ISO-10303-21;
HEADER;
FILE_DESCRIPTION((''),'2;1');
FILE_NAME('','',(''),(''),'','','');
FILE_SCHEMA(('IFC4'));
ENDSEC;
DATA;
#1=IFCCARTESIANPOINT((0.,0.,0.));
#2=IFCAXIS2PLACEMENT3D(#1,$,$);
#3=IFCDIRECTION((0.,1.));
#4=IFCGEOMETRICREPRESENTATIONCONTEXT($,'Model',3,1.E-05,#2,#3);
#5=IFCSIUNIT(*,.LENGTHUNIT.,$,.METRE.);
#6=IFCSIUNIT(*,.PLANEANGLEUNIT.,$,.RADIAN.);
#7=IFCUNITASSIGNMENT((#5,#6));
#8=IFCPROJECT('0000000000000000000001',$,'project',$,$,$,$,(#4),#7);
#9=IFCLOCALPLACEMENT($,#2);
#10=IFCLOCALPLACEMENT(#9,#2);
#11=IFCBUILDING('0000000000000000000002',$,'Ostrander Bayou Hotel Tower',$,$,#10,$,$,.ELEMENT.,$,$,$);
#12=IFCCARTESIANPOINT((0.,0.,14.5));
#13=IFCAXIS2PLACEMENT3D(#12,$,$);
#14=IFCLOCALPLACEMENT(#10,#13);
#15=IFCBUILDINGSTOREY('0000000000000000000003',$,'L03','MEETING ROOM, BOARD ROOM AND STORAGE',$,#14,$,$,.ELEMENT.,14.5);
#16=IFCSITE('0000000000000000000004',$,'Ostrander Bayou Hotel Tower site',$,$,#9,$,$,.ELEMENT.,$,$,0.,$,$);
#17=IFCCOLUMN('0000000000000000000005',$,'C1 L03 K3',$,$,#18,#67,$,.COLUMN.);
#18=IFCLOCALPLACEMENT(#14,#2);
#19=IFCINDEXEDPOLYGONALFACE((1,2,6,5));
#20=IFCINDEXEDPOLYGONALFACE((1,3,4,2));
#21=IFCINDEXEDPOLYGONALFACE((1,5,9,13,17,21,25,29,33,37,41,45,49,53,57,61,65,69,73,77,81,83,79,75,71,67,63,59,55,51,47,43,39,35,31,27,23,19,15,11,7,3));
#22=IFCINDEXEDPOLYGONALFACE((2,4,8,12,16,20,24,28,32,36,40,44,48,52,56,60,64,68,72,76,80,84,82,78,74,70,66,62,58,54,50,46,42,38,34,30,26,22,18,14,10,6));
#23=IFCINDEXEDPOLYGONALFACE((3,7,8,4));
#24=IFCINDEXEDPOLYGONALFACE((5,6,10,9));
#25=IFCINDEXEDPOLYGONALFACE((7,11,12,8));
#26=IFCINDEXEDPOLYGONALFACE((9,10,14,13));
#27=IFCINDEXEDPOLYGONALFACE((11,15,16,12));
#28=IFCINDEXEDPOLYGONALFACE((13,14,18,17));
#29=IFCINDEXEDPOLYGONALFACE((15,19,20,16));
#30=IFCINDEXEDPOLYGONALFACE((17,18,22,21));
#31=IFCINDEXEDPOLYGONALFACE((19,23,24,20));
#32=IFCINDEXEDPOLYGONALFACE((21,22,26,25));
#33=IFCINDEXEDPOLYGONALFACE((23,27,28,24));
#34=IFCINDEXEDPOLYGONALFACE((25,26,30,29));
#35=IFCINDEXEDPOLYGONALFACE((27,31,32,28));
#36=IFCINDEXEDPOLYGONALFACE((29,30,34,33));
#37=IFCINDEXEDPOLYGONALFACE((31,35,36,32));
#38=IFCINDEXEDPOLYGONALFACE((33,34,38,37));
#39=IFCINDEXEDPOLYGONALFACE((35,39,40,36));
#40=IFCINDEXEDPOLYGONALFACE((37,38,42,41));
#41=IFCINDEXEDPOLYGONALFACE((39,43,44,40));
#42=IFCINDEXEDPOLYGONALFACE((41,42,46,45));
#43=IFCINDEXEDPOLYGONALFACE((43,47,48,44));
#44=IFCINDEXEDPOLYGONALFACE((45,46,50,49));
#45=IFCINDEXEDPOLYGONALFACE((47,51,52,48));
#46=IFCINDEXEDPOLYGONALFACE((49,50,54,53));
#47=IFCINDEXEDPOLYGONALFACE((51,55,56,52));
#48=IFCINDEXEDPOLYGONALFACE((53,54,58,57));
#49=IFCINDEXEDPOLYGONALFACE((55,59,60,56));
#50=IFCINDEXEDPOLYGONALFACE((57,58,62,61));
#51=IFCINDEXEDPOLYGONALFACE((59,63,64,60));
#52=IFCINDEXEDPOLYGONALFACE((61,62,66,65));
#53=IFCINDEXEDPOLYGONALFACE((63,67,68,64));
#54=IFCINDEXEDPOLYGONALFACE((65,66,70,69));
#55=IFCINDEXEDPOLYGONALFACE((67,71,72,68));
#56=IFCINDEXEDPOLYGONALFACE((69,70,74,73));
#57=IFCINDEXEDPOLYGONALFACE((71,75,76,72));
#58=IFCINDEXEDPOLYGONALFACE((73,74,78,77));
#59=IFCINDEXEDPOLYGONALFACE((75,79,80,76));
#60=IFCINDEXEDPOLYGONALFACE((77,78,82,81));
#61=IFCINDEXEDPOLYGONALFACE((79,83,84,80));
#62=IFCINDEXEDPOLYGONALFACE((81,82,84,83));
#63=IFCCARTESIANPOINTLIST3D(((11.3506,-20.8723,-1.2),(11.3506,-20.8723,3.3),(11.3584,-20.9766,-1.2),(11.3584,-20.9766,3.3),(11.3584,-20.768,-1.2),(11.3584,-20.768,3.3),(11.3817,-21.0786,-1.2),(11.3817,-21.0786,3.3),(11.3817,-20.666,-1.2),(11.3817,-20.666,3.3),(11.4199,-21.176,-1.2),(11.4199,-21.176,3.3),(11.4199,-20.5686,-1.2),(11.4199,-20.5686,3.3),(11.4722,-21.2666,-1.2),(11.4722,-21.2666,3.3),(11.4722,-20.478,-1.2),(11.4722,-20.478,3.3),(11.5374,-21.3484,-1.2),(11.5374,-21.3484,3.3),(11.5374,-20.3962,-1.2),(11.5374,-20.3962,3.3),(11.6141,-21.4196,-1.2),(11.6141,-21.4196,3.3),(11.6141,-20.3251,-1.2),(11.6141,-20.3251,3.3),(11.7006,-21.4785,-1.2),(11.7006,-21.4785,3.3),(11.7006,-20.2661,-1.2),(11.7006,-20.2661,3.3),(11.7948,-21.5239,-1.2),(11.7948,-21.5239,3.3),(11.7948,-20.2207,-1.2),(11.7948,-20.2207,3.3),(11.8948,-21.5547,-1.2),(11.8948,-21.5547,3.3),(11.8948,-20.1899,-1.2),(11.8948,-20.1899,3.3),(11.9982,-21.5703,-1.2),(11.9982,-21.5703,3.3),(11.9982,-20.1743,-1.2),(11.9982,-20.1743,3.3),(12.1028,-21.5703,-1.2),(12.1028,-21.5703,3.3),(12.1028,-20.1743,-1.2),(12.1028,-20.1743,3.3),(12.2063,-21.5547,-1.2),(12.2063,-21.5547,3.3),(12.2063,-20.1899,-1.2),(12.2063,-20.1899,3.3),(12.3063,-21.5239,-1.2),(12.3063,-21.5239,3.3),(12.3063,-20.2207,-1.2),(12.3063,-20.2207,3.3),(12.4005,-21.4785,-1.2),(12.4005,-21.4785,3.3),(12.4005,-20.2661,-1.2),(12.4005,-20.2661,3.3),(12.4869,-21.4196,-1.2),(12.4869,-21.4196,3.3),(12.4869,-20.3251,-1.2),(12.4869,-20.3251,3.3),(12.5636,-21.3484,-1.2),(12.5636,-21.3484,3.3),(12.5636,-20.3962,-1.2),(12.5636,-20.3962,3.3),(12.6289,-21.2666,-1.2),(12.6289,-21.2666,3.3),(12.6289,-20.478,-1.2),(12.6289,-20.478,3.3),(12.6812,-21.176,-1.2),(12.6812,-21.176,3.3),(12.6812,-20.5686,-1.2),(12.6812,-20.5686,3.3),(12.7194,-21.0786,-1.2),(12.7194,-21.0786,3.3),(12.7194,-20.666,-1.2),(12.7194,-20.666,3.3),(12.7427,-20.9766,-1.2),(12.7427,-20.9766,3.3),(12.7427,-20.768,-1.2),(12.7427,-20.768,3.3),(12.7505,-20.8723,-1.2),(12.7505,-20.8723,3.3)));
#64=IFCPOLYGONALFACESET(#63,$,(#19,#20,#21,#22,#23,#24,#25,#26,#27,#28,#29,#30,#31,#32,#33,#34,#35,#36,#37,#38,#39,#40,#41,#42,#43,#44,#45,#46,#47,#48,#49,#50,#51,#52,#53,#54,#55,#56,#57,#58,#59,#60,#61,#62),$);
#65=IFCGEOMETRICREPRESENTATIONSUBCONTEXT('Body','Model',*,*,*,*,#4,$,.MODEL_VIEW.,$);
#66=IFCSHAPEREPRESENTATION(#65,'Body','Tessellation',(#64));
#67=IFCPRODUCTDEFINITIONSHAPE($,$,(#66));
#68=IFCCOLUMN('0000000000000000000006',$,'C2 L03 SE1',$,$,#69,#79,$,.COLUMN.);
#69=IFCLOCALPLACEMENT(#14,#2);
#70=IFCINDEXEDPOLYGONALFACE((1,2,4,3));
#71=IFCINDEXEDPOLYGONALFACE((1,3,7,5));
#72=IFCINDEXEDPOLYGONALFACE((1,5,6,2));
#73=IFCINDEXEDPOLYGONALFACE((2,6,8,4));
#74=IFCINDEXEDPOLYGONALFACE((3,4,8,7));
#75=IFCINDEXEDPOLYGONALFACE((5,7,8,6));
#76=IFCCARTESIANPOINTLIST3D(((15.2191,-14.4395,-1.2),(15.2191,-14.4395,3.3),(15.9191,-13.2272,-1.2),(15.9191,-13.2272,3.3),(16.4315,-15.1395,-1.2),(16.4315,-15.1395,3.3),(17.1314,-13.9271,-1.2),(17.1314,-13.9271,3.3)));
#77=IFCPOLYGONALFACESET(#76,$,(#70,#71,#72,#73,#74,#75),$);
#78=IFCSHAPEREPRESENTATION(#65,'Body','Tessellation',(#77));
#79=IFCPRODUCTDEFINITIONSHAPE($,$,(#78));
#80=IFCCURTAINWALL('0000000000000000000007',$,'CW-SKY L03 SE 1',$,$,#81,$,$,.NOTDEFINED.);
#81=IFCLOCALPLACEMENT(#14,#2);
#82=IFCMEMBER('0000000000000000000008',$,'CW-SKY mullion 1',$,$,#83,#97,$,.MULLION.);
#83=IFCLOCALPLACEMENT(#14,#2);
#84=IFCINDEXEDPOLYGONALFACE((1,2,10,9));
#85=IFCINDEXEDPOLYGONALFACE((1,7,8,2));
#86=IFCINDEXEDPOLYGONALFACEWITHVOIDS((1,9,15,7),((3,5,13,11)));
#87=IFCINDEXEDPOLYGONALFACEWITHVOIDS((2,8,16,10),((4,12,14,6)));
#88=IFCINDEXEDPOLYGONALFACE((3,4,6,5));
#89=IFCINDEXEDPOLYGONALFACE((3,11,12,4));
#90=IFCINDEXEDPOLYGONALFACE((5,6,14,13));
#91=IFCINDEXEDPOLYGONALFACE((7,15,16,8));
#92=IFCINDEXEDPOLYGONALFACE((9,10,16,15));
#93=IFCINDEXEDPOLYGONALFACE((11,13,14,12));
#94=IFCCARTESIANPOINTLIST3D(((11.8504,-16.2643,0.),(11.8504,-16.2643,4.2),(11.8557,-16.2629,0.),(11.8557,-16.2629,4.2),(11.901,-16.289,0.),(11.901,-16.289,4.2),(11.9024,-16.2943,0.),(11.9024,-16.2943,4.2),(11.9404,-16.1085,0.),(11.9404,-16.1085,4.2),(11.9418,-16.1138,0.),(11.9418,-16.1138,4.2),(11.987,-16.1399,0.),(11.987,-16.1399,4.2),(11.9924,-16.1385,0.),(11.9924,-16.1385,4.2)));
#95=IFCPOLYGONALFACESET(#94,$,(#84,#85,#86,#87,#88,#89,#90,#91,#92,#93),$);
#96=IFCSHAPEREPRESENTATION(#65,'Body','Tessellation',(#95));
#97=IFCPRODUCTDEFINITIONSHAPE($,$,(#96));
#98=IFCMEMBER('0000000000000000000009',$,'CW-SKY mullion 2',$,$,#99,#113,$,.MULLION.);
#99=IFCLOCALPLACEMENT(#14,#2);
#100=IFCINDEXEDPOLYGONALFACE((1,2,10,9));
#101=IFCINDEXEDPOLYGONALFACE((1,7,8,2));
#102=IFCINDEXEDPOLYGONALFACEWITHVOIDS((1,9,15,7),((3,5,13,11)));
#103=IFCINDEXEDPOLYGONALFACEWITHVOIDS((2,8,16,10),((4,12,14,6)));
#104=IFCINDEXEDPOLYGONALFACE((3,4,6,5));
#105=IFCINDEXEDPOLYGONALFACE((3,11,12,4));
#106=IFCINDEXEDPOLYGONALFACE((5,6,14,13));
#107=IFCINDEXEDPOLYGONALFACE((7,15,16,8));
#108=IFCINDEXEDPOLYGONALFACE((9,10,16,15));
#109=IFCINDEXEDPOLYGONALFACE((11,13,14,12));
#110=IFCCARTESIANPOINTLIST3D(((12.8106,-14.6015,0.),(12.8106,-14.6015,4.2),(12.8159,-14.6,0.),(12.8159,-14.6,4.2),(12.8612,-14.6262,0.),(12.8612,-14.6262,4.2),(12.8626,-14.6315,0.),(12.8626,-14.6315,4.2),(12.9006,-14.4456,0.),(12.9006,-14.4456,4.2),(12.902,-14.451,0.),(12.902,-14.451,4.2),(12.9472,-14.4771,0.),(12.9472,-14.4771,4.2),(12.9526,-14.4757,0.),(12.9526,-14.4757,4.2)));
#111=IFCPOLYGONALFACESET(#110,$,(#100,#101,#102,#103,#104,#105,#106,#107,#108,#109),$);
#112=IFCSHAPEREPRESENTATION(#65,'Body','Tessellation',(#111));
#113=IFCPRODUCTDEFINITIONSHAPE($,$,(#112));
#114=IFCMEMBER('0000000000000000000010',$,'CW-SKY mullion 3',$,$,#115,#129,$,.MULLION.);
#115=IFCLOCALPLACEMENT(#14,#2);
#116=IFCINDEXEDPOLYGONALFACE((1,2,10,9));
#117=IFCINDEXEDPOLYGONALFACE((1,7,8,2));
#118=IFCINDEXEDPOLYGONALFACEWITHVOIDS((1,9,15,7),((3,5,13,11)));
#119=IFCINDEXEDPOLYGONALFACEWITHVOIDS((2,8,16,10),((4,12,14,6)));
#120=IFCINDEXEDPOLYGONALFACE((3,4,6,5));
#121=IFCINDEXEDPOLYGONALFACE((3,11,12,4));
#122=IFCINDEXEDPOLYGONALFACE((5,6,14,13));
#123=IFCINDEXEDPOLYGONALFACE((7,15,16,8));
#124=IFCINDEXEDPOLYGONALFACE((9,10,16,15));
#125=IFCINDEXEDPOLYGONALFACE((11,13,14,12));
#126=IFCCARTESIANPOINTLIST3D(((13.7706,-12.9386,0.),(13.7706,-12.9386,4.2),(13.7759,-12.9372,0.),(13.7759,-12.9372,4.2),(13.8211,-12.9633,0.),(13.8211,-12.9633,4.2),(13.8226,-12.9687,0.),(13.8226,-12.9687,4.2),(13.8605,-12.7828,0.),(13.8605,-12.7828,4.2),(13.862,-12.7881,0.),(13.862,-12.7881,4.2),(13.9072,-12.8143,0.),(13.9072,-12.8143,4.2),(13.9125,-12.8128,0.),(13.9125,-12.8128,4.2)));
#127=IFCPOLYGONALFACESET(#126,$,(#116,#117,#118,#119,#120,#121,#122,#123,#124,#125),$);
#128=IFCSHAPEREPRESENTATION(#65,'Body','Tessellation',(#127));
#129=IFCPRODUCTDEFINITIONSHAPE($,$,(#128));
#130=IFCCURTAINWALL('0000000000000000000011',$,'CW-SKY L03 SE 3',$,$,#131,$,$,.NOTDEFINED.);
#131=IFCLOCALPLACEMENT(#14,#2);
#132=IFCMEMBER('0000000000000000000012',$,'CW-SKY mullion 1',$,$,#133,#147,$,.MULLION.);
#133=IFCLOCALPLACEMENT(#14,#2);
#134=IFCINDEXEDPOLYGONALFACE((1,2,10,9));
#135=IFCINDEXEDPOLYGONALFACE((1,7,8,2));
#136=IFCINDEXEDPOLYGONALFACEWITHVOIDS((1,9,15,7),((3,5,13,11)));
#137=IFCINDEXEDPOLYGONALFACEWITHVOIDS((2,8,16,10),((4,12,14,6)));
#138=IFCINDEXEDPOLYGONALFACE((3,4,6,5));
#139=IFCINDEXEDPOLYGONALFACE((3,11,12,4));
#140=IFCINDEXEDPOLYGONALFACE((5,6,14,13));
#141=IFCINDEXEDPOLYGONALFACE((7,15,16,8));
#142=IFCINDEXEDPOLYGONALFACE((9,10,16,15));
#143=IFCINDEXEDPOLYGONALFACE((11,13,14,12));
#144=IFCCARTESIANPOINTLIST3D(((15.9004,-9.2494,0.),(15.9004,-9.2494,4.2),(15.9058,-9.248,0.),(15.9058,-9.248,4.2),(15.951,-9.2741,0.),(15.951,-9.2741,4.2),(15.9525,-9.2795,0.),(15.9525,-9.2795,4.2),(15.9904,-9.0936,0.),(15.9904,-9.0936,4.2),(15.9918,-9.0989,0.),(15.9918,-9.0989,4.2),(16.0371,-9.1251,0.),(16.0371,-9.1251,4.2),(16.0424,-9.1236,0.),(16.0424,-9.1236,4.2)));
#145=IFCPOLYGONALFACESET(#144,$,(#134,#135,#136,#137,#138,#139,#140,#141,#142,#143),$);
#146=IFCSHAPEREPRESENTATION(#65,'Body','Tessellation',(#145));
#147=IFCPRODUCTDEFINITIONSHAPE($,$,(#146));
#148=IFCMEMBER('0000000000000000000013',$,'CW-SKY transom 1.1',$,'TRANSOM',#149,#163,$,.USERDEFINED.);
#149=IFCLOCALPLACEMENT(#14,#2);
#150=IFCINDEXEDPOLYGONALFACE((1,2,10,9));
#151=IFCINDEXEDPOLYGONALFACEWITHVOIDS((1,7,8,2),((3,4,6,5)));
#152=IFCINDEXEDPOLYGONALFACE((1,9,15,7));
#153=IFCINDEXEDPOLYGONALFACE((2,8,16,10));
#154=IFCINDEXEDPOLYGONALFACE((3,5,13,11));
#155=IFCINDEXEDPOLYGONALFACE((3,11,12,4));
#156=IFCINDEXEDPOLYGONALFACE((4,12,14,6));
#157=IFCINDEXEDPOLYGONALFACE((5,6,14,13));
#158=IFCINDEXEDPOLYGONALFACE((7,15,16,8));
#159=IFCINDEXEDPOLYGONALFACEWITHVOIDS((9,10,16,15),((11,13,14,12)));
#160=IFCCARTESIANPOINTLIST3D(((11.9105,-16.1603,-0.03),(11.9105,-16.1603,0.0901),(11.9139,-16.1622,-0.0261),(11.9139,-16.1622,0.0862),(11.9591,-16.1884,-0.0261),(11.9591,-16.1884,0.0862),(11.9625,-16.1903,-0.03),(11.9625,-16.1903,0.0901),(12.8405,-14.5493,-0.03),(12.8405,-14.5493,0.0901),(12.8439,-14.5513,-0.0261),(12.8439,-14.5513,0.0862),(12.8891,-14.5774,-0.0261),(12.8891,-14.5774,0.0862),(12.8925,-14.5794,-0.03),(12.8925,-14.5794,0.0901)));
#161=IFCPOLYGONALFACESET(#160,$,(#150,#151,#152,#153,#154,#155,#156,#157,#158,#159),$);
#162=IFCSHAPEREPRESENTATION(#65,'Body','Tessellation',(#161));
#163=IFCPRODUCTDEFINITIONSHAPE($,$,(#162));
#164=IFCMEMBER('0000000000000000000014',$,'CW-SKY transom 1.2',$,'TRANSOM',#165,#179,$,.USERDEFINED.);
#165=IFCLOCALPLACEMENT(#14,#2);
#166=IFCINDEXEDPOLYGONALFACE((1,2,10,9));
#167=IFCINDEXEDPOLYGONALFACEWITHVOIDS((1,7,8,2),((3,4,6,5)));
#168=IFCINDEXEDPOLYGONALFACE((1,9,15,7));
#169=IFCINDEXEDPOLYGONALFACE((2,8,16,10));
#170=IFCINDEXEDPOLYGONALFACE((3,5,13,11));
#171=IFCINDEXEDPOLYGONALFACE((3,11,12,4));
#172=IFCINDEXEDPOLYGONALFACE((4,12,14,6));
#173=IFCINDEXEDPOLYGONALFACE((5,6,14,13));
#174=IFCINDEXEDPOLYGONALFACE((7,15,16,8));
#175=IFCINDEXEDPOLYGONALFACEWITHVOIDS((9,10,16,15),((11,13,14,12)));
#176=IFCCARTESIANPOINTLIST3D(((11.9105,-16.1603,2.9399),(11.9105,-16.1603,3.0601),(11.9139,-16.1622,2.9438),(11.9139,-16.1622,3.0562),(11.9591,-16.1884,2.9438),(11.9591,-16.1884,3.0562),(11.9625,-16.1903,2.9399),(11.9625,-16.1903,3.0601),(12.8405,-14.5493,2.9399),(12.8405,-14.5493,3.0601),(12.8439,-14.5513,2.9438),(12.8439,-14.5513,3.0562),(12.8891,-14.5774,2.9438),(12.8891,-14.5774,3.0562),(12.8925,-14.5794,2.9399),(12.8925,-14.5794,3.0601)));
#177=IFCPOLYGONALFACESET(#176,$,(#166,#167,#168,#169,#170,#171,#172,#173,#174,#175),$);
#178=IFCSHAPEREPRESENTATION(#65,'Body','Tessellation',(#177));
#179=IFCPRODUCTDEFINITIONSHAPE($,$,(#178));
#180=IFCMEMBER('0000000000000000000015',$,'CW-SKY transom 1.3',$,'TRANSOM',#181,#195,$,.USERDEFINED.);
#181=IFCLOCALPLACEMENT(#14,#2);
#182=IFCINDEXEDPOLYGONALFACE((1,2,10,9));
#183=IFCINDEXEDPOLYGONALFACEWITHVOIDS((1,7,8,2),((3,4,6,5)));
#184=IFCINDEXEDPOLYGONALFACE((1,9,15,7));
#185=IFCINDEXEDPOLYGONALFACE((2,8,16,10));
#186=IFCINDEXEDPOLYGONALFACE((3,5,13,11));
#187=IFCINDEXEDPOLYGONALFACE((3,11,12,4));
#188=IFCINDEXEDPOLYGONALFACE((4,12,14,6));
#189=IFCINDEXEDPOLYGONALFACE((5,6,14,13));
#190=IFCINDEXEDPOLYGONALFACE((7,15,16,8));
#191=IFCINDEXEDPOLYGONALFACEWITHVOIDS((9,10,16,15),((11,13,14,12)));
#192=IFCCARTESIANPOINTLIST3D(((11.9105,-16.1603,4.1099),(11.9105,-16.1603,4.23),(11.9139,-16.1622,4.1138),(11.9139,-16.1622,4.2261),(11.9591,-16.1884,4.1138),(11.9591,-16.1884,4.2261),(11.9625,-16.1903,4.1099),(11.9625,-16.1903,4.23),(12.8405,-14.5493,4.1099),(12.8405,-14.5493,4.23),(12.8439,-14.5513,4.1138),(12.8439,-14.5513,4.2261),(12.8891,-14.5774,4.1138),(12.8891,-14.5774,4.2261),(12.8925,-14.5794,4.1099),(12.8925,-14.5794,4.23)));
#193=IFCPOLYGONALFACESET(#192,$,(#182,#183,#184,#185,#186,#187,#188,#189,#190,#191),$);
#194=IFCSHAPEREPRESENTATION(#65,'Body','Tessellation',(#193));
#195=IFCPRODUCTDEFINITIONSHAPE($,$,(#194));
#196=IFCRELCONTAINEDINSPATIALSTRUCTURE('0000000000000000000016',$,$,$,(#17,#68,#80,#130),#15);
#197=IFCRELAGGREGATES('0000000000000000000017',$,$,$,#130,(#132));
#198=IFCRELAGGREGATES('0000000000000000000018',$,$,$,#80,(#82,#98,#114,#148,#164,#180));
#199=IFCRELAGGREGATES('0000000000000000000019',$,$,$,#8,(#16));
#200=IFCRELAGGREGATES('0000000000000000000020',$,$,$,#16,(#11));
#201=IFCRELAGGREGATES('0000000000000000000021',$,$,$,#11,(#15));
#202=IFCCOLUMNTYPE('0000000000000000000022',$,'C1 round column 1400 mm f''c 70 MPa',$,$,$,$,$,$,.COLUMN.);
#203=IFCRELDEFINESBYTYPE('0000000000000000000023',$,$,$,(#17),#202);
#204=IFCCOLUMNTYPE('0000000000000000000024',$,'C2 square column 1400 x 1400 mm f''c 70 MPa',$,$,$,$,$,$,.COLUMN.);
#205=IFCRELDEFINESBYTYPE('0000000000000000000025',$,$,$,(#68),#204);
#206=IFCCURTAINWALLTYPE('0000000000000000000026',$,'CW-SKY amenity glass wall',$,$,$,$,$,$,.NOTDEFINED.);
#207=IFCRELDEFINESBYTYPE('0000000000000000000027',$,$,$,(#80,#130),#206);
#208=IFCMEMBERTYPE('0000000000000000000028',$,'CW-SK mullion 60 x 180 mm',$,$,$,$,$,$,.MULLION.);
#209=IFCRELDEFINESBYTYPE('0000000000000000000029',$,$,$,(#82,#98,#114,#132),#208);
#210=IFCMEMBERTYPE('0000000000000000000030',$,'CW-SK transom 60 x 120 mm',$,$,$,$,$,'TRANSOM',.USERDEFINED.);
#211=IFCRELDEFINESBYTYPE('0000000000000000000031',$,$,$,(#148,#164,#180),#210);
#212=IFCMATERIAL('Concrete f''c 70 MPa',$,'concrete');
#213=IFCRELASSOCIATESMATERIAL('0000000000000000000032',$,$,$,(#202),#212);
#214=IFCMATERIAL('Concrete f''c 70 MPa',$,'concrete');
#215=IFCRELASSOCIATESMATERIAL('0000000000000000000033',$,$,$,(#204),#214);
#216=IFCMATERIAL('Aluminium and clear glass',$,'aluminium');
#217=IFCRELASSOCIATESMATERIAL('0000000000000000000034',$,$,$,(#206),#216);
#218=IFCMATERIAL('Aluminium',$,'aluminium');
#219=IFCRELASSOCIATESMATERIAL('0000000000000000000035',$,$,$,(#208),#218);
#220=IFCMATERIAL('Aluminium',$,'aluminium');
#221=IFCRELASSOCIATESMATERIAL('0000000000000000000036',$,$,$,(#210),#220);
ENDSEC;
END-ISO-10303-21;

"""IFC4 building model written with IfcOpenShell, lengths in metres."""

from ifc_helpers import new_model, si_unit, direction, frame, origin, origin_2d, place, context, subcontext, project, spatial, rectangle, hollow_rectangle, circle, extrude, material, material_profile, profile_set, type_object, element, aggregate, save


model = new_model("IFC4")

# Units and contexts
model_context = context("Model", 3, precision=1e-05, world=origin(), true_north=direction((0.0, 1.0)))
body_context = subcontext(model_context, "Body", "Model", "MODEL_VIEW")
ifc_project = project(units=[si_unit("LENGTHUNIT", "METRE"), si_unit("PLANEANGLEUNIT", "RADIAN")], contexts=[model_context])

# Site, building, storey
site_placement = place(None, origin())
site = spatial("IfcSite", under=ifc_project, at=site_placement, Name="Ostrander Bayou Hotel Tower site", CompositionType="ELEMENT", RefElevation=0.0)
building_placement = place(site_placement, origin())
building = spatial("IfcBuilding", under=site, at=building_placement, Name="Ostrander Bayou Hotel Tower", CompositionType="ELEMENT")
storey_placement = place(building_placement, frame((0.0, 0.0, 14.5)))
storey = spatial("IfcBuildingStorey", under=building, at=storey_placement, Name="L03", Description="MEETING ROOM, BOARD ROOM AND STORAGE", CompositionType="ELEMENT", Elevation=14.5)

# Columns
ifc_material_1 = material(Name="Concrete f'c 70 MPa", Category="concrete")
ifc_material_profile_1 = material_profile(ifc_material_1, circle(Radius=0.7, at=origin_2d()))
ifc_profile_set_1 = profile_set([ifc_material_profile_1], Name="Concrete f'c 70 MPa")
column_type_1 = type_object("IfcColumnType", Name="C1 round column 1400 mm f'c 70 MPa", PredefinedType="COLUMN", material=ifc_profile_set_1)
column_1_placement = place(storey_placement, frame((12.0505, -20.8723, -1.2), z_axis=(0.0, 0.0, 1.0), x_axis=(1.0, 0.0, 0.0)))
element("IfcColumn", 1, at=column_1_placement, inside=storey, type_object=column_type_1, Name="C1 L03 K3", PredefinedType="COLUMN", context=body_context, shape_type="SweptSolid", body=[
    extrude(circle(Radius=0.7, at=origin_2d()), origin(), (0.0, 0.0, 1.0), 4.5),
])
ifc_material_2 = material(Name="Concrete f'c 70 MPa", Category="concrete")
ifc_material_profile_2 = material_profile(ifc_material_2, rectangle(XDim=1.3999, YDim=1.3999, at=origin_2d()))
ifc_profile_set_2 = profile_set([ifc_material_profile_2], Name="Concrete f'c 70 MPa")
column_type_2 = type_object("IfcColumnType", Name="C2 square column 1400 x 1400 mm f'c 70 MPa", PredefinedType="COLUMN", material=ifc_profile_set_2)
column_2_placement = place(storey_placement, frame((16.1753, -14.1833, -1.2), z_axis=(0.0, 0.0, 1.0), x_axis=(-0.5, -0.866025, 0.0)))
element("IfcColumn", 2, at=column_2_placement, inside=storey, type_object=column_type_2, Name="C2 L03 SE1", PredefinedType="COLUMN", context=body_context, shape_type="SweptSolid", body=[
    extrude(rectangle(XDim=1.3999, YDim=1.3999, at=origin_2d()), origin(), (0.0, 0.0, 1.0), 4.5),
])

# Curtain wall, members
ifc_material_3 = material(Name="Aluminium and clear glass", Category="aluminium")
curtain_wall_type = type_object("IfcCurtainWallType", Name="CW-SKY amenity glass wall", PredefinedType="NOTDEFINED", material=ifc_material_3)
curtain_wall_1_placement = place(storey_placement, origin())
curtain_wall_1 = element("IfcCurtainWall", 3, at=curtain_wall_1_placement, inside=storey, type_object=curtain_wall_type, Name="CW-SKY L03 SE 1", PredefinedType="NOTDEFINED")
ifc_material_4 = material(Name="Aluminium", Category="aluminium")
ifc_material_profile_3 = material_profile(ifc_material_4, hollow_rectangle(XDim=0.0601, YDim=0.1799, WallThickness=0.0039, at=origin_2d()))
ifc_profile_set_3 = profile_set([ifc_material_profile_3], Name="Aluminium")
member_type_1 = type_object("IfcMemberType", Name="CW-SK mullion 60 x 180 mm", PredefinedType="MULLION", material=ifc_profile_set_3)
member_1_placement = place(storey_placement, frame((11.9214, -16.2014, 0.0), z_axis=(0.0, 0.0, 1.0), x_axis=(-0.866025, 0.5, 0.0)))
member_1 = element("IfcMember", 4, at=member_1_placement, type_object=member_type_1, Name="CW-SKY mullion 1", PredefinedType="MULLION", context=body_context, shape_type="SweptSolid", body=[
    extrude(hollow_rectangle(XDim=0.0601, YDim=0.1799, WallThickness=0.0039, at=origin_2d()), origin(), (0.0, 0.0, 1.0), 4.2),
])
member_2_placement = place(storey_placement, frame((12.8816, -14.5386, 0.0), z_axis=(0.0, 0.0, 1.0), x_axis=(-0.866025, 0.5, 0.0)))
member_2 = element("IfcMember", 5, at=member_2_placement, type_object=member_type_1, Name="CW-SKY mullion 2", PredefinedType="MULLION", context=body_context, shape_type="SweptSolid", body=[
    extrude(hollow_rectangle(XDim=0.0601, YDim=0.1799, WallThickness=0.0039, at=origin_2d()), origin(), (0.0, 0.0, 1.0), 4.2),
])
member_3_placement = place(storey_placement, frame((13.8416, -12.8757, 0.0), z_axis=(0.0, 0.0, 1.0), x_axis=(-0.866025, 0.5, 0.0)))
member_3 = element("IfcMember", 6, at=member_3_placement, type_object=member_type_1, Name="CW-SKY mullion 3", PredefinedType="MULLION", context=body_context, shape_type="SweptSolid", body=[
    extrude(hollow_rectangle(XDim=0.0601, YDim=0.1799, WallThickness=0.0039, at=origin_2d()), origin(), (0.0, 0.0, 1.0), 4.2),
])

# Curtain wall, member
curtain_wall_2_placement = place(storey_placement, origin())
curtain_wall_2 = element("IfcCurtainWall", 7, at=curtain_wall_2_placement, inside=storey, type_object=curtain_wall_type, Name="CW-SKY L03 SE 3", PredefinedType="NOTDEFINED")
member_4_placement = place(storey_placement, frame((15.9714, -9.1865, 0.0), z_axis=(0.0, 0.0, 1.0), x_axis=(-0.866025, 0.5, 0.0)))
member_4 = element("IfcMember", 8, at=member_4_placement, type_object=member_type_1, Name="CW-SKY mullion 1", PredefinedType="MULLION", context=body_context, shape_type="SweptSolid", body=[
    extrude(hollow_rectangle(XDim=0.0601, YDim=0.1799, WallThickness=0.0039, at=origin_2d()), origin(), (0.0, 0.0, 1.0), 4.2),
])

# Members
ifc_material_5 = material(Name="Aluminium", Category="aluminium")
ifc_material_profile_4 = material_profile(ifc_material_5, hollow_rectangle(XDim=0.0601, YDim=0.1201, WallThickness=0.0039, at=origin_2d()))
ifc_profile_set_4 = profile_set([ifc_material_profile_4], Name="Aluminium")
member_type_2 = type_object("IfcMemberType", Name="CW-SK transom 60 x 120 mm", ElementType="TRANSOM", PredefinedType="USERDEFINED", material=ifc_profile_set_4)
member_5_placement = place(storey_placement, frame((11.9365, -16.1753, 0.03), z_axis=(0.499965, 0.866046, 0.0), x_axis=(-0.866046, 0.499965, 0.0)))
member_5 = element("IfcMember", 9, at=member_5_placement, type_object=member_type_2, Name="CW-SKY transom 1.1", ObjectType="TRANSOM", PredefinedType="USERDEFINED", context=body_context, shape_type="SweptSolid", body=[
    extrude(hollow_rectangle(XDim=0.0601, YDim=0.1201, WallThickness=0.0039, at=origin_2d()), origin(), (0.0, 0.0, 1.0), 1.8601),
])
member_6_placement = place(storey_placement, frame((11.9365, -16.1753, 3.0), z_axis=(0.499965, 0.866046, 0.0), x_axis=(-0.866046, 0.499965, 0.0)))
member_6 = element("IfcMember", 10, at=member_6_placement, type_object=member_type_2, Name="CW-SKY transom 1.2", ObjectType="TRANSOM", PredefinedType="USERDEFINED", context=body_context, shape_type="SweptSolid", body=[
    extrude(hollow_rectangle(XDim=0.0601, YDim=0.1201, WallThickness=0.0039, at=origin_2d()), origin(), (0.0, 0.0, 1.0), 1.8601),
])
member_7_placement = place(storey_placement, frame((11.9365, -16.1753, 4.1699), z_axis=(0.499965, 0.866046, 0.0), x_axis=(-0.866046, 0.499965, 0.0)))
member_7 = element("IfcMember", 11, at=member_7_placement, type_object=member_type_2, Name="CW-SKY transom 1.3", ObjectType="TRANSOM", PredefinedType="USERDEFINED", context=body_context, shape_type="SweptSolid", body=[
    extrude(hollow_rectangle(XDim=0.0601, YDim=0.1201, WallThickness=0.0039, at=origin_2d()), origin(), (0.0, 0.0, 1.0), 1.8601),
])
aggregate(curtain_wall_2, [member_4])

aggregate(curtain_wall_1, [member_1, member_2, member_3, member_5, member_6, member_7])

save(model, "model.ifc")
